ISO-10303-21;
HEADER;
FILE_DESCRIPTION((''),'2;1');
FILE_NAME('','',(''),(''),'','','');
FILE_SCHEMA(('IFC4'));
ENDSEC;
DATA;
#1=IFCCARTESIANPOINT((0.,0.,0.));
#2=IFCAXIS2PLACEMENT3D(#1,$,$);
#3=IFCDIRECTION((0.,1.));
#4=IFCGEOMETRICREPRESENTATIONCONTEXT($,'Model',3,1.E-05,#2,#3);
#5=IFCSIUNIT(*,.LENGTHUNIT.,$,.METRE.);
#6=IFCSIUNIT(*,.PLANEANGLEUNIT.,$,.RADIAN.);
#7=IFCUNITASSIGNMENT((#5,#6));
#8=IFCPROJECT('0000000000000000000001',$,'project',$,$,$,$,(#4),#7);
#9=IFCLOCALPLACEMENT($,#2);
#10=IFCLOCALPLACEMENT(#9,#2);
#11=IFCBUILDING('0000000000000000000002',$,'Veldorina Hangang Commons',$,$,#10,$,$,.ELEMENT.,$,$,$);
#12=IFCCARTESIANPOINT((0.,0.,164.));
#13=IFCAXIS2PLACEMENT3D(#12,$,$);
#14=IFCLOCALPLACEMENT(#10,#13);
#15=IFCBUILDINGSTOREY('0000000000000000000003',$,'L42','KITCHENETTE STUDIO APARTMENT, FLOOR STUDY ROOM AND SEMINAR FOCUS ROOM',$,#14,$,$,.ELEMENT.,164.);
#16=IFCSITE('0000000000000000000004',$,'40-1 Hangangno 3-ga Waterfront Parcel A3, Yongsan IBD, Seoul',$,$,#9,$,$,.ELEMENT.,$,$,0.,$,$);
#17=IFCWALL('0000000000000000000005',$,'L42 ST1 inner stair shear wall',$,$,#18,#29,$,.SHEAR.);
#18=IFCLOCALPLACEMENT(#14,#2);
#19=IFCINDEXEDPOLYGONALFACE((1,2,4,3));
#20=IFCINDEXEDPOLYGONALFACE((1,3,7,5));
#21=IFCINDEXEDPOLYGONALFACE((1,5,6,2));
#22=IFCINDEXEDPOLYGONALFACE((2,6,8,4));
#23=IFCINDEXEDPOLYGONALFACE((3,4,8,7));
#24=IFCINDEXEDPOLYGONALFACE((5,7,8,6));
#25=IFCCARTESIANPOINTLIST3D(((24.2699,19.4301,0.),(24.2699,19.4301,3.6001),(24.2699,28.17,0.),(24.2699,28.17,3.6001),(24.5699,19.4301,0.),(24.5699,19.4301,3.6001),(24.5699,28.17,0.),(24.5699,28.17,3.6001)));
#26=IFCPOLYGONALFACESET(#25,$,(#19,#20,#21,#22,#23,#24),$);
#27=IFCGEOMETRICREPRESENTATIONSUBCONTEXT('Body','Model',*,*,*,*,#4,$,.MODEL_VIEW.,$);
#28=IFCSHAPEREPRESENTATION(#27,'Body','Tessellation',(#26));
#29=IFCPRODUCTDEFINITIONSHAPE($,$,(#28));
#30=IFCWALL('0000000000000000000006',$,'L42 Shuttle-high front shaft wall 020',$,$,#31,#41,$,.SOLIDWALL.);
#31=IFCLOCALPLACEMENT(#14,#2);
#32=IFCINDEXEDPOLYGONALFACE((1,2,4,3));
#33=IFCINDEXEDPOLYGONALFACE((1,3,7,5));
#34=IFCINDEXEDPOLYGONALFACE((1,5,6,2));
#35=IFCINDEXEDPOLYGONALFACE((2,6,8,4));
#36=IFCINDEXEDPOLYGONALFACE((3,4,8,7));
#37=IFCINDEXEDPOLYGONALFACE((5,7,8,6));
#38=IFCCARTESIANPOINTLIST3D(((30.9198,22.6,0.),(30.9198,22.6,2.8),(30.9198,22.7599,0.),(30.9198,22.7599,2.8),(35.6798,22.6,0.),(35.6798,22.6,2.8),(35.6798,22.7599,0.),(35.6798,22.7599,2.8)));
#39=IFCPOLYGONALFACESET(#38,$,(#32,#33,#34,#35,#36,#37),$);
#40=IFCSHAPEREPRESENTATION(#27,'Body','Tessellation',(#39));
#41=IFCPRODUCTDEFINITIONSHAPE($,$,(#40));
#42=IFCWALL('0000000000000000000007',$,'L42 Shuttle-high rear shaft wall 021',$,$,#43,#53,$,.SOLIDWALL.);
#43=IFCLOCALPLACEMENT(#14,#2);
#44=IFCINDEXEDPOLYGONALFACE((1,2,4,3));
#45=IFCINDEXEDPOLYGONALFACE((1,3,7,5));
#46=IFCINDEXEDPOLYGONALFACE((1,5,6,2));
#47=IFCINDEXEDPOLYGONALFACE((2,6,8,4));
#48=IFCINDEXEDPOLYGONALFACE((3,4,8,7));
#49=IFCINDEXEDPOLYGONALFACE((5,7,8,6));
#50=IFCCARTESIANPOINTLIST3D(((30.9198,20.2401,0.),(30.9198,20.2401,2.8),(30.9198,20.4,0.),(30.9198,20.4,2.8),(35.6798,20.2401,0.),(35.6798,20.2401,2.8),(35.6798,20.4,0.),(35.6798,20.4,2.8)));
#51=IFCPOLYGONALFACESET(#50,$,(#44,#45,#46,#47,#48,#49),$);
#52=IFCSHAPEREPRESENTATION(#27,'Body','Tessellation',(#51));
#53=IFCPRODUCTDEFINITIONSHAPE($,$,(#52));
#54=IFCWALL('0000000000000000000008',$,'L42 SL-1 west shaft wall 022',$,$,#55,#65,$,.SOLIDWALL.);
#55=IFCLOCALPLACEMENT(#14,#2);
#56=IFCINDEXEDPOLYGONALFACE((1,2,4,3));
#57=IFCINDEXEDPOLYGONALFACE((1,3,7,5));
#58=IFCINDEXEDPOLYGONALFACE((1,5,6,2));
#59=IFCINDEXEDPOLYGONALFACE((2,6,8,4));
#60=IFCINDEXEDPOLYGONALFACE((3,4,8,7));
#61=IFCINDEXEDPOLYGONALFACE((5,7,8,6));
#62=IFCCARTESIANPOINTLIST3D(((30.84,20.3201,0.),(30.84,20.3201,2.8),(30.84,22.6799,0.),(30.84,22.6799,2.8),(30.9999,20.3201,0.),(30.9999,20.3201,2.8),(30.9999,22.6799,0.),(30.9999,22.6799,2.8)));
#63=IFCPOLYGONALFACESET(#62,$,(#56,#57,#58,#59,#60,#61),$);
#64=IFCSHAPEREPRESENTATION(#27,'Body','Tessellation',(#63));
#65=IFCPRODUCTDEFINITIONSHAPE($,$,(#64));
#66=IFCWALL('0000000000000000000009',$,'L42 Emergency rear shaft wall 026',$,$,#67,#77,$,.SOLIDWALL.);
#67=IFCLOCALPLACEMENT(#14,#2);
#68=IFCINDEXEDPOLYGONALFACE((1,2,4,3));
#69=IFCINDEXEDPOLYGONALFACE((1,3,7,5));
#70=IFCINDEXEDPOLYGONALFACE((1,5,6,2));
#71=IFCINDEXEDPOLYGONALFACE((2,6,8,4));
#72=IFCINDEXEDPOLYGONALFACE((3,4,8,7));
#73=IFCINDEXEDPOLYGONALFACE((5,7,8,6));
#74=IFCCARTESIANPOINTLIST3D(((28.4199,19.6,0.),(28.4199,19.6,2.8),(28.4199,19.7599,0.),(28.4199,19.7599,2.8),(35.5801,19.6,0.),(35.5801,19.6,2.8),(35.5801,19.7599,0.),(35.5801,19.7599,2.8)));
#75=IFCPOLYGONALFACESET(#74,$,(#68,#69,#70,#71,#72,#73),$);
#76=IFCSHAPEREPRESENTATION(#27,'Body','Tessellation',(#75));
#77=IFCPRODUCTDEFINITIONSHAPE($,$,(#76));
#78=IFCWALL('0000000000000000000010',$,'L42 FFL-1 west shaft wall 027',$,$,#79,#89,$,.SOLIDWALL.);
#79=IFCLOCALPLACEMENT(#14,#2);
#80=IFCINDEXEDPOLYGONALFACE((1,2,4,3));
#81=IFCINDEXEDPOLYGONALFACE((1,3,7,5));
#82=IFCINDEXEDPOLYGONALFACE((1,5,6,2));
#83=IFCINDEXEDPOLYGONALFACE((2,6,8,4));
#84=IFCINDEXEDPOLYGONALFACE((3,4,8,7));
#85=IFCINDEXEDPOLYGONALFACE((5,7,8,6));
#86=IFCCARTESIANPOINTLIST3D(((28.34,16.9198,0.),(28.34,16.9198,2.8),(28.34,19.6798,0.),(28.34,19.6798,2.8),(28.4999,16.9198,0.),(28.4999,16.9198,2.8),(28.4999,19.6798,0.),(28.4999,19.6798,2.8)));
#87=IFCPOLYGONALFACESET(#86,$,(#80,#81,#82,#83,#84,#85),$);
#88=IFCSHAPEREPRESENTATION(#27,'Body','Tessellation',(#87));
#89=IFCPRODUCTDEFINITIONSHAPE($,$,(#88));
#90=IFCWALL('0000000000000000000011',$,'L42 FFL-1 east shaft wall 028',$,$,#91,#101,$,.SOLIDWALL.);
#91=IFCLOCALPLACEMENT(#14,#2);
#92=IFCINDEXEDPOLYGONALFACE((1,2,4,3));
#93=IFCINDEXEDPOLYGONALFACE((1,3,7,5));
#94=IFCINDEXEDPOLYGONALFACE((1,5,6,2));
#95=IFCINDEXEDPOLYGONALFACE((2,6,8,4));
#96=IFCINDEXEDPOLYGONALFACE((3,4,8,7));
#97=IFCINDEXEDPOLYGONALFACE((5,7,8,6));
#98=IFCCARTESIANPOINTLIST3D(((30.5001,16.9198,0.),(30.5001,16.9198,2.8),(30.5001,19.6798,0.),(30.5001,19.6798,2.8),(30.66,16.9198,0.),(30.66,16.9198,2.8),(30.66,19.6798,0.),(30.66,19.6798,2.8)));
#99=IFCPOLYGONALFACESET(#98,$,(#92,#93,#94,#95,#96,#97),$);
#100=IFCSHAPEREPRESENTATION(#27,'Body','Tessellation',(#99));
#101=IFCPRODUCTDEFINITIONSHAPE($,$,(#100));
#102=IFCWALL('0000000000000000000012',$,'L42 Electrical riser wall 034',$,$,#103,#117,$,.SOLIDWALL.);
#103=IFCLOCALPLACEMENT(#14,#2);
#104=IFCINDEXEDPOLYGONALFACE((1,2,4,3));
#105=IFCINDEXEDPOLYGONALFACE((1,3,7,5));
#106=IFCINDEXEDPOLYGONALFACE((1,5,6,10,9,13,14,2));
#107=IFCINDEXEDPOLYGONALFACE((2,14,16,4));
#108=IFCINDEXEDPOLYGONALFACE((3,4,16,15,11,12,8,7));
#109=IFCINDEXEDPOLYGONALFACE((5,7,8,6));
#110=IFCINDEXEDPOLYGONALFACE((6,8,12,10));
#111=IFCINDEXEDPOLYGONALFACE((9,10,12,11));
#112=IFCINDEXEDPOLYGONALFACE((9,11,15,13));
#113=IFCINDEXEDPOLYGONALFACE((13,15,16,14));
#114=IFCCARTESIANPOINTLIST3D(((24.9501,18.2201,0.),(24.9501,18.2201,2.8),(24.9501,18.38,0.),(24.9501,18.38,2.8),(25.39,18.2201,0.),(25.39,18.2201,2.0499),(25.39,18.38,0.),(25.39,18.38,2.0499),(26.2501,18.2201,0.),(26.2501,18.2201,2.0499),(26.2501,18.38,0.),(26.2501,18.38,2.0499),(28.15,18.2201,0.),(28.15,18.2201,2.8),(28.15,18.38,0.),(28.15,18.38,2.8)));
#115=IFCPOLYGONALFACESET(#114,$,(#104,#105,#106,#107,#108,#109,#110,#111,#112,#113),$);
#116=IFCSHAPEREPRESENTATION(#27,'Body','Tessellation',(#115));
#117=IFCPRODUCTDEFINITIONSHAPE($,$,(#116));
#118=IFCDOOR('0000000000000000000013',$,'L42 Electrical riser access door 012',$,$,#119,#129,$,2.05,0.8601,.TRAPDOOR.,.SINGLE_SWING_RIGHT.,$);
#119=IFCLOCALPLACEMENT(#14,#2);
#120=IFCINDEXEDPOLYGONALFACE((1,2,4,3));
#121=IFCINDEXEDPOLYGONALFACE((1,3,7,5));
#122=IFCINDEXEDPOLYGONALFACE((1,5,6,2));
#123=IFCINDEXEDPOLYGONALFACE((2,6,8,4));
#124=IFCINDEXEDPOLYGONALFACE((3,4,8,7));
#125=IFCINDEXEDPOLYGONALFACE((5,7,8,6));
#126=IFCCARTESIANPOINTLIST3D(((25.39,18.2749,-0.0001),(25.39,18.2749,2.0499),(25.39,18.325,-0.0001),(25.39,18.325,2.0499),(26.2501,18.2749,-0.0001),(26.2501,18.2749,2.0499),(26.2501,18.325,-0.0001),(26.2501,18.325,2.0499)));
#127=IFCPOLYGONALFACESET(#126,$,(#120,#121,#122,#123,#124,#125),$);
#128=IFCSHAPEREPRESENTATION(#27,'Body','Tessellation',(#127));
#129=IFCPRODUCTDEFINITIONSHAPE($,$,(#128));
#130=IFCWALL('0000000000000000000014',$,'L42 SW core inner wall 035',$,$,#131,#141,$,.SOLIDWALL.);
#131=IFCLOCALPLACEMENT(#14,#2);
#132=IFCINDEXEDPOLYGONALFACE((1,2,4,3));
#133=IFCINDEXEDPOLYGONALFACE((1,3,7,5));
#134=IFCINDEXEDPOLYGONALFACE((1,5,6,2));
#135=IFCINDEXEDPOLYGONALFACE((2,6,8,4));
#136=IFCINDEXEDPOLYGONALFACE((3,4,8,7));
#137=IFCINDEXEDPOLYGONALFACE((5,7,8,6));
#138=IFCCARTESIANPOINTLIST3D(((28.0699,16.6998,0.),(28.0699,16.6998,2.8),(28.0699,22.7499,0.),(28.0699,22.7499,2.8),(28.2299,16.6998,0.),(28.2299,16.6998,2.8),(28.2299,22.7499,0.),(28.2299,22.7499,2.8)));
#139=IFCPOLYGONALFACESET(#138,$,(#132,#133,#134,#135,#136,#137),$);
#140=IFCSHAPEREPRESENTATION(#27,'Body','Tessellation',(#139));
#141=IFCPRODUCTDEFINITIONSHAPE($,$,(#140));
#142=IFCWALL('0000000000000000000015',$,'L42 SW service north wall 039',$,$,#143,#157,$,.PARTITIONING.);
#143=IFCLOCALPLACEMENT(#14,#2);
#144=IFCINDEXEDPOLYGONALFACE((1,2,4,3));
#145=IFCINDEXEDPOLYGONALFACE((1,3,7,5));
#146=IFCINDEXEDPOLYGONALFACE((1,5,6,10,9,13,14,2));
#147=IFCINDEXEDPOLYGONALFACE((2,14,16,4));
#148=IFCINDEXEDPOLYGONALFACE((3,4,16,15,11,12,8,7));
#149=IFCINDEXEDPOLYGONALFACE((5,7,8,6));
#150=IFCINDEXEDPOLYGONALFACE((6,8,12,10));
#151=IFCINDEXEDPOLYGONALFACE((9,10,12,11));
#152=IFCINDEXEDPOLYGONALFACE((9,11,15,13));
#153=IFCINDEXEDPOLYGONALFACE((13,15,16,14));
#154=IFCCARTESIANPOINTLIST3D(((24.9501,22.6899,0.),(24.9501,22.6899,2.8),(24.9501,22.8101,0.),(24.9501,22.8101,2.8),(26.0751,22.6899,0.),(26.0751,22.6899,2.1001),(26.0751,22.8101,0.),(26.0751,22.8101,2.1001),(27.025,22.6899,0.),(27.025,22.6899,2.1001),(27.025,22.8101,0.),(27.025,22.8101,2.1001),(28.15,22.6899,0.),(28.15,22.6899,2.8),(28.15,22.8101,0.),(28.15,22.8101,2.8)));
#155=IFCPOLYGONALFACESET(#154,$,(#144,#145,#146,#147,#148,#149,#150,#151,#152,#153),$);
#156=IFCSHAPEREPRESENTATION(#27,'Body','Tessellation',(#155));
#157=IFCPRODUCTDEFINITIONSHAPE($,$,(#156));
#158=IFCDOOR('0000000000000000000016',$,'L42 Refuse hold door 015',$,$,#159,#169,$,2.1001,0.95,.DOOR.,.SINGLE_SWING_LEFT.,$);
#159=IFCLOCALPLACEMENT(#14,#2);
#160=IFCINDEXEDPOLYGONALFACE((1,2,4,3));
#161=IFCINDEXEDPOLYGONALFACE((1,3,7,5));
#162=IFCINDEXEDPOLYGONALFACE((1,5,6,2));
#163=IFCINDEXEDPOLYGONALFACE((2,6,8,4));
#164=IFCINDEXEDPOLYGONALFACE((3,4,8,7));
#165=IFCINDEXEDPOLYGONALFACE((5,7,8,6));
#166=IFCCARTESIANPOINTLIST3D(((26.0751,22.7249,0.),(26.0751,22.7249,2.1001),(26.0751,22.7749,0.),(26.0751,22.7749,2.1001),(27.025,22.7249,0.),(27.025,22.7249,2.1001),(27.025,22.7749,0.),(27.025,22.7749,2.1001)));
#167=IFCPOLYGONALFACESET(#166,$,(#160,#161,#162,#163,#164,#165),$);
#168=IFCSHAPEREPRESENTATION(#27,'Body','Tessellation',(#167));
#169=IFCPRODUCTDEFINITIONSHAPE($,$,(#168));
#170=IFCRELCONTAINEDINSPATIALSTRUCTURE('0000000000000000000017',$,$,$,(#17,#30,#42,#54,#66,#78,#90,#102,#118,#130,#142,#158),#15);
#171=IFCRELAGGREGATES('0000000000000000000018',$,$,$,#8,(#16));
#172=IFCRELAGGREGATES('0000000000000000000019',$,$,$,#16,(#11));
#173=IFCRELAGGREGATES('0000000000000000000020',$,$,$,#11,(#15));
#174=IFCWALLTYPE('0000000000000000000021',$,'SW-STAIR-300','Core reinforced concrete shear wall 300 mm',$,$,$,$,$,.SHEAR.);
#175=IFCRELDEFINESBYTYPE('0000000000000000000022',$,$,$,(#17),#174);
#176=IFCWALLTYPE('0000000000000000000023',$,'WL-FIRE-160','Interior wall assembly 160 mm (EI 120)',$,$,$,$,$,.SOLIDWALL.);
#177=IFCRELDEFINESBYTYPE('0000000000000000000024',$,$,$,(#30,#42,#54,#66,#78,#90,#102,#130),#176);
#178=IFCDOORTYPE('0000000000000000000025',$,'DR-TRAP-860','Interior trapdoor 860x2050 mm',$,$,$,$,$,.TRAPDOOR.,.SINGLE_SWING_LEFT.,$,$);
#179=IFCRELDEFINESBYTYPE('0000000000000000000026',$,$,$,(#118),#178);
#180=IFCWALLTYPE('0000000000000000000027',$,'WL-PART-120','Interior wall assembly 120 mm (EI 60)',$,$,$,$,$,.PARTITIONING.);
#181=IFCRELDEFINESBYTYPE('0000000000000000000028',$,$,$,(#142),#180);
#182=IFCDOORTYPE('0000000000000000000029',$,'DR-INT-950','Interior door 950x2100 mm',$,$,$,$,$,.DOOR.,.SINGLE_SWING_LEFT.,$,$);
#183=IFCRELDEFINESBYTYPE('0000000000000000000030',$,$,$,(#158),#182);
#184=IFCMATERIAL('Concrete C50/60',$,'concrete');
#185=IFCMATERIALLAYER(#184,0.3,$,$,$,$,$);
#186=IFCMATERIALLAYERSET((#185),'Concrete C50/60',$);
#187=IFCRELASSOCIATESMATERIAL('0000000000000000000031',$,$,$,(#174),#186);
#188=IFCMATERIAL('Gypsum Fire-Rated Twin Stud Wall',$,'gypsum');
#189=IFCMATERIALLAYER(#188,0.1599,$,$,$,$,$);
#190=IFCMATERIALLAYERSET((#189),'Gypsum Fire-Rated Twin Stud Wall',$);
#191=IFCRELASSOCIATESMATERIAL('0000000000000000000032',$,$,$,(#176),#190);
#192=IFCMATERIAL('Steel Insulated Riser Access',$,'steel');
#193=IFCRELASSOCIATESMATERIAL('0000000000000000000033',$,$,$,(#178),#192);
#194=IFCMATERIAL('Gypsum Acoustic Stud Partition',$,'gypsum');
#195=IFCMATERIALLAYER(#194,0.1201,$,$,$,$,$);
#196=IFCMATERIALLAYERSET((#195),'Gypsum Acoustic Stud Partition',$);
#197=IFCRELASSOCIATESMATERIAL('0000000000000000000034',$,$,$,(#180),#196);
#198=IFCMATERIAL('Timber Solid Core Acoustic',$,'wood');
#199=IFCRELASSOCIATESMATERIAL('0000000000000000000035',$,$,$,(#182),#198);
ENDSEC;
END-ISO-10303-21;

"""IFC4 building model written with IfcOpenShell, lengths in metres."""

from ifc_helpers import new_model, si_unit, direction, frame, frame_2d, origin, place, context, subcontext, project, spatial, rectangle, extrude, material, layer, layer_set, type_object, element, fill, save


model = new_model("IFC4")

# Units and contexts
model_context = context("Model", 3, precision=1e-05, world=origin(), true_north=direction((0.0, 1.0)))
body_context = subcontext(model_context, "Body", "Model", "MODEL_VIEW")
ifc_project = project(units=[si_unit("LENGTHUNIT", "METRE"), si_unit("PLANEANGLEUNIT", "RADIAN")], contexts=[model_context])

# Site, building, storey
site_placement = place(None, origin())
site = spatial("IfcSite", under=ifc_project, at=site_placement, Name="40-1 Hangangno 3-ga Waterfront Parcel A3, Yongsan IBD, Seoul", CompositionType="ELEMENT", RefElevation=0.0)
building_placement = place(site_placement, origin())
building = spatial("IfcBuilding", under=site, at=building_placement, Name="Veldorina Hangang Commons", CompositionType="ELEMENT")
storey_placement = place(building_placement, frame((0.0, 0.0, 164.0)))
storey = spatial("IfcBuildingStorey", under=building, at=storey_placement, Name="L42", Description="KITCHENETTE STUDIO APARTMENT, FLOOR STUDY ROOM AND SEMINAR FOCUS ROOM", CompositionType="ELEMENT", Elevation=164.0)

# Walls
ifc_material_1 = material(Name="Concrete C50/60", Category="concrete")
ifc_layer_1 = layer(ifc_material_1, 0.3)
ifc_layer_set_1 = layer_set([ifc_layer_1], Name="Concrete C50/60")
wall_type_1 = type_object("IfcWallType", Name="SW-STAIR-300", Description="Core reinforced concrete shear wall 300 mm", PredefinedType="SHEAR", material=ifc_layer_set_1)
wall_1_placement = place(storey_placement, frame((24.4199, 19.4299, 0.0), z_axis=(0.0, 0.0, 1.0), x_axis=(0.0, 1.0, 0.0)))
element("IfcWall", 1, at=wall_1_placement, inside=storey, type_object=wall_type_1, Name="L42 ST1 inner stair shear wall", PredefinedType="SHEAR", context=body_context, shape_type="SweptSolid", body=[
    extrude(rectangle(XDim=8.74, YDim=0.3, at=frame_2d((4.3701, 0.0))), origin(), (0.0, 0.0, 1.0), 3.6001),
])
ifc_material_2 = material(Name="Gypsum Fire-Rated Twin Stud Wall", Category="gypsum")
ifc_layer_2 = layer(ifc_material_2, 0.1599)
ifc_layer_set_2 = layer_set([ifc_layer_2], Name="Gypsum Fire-Rated Twin Stud Wall")
wall_type_2 = type_object("IfcWallType", Name="WL-FIRE-160", Description="Interior wall assembly 160 mm (EI 120)", PredefinedType="SOLIDWALL", material=ifc_layer_set_2)
for number, where, z_axis, x_axis, name in (
    (2, (30.9199, 22.6799, 0.0), (0.0, 0.0, 1.0), (1.0, 0.0, 0.0), "L42 Shuttle-high front shaft wall 020"),
    (3, (30.9199, 20.3201, 0.0), (0.0, 0.0, 1.0), (1.0, 0.0, 0.0), "L42 Shuttle-high rear shaft wall 021"),
):
    element("IfcWall", number, at=place(storey_placement, frame(where, z_axis=z_axis, x_axis=x_axis)), inside=storey, type_object=wall_type_2, Name=name, PredefinedType="SOLIDWALL", context=body_context, shape_type="SweptSolid", body=[
        extrude(rectangle(XDim=4.76, YDim=0.1599, at=frame_2d((2.3799, 0.0))), origin(), (0.0, 0.0, 1.0), 2.8),
    ])
wall_2_placement = place(storey_placement, frame((30.9199, 20.3201, 0.0), z_axis=(0.0, 0.0, 1.0), x_axis=(0.0, 1.0, 0.0)))
element("IfcWall", 4, at=wall_2_placement, inside=storey, type_object=wall_type_2, Name="L42 SL-1 west shaft wall 022", PredefinedType="SOLIDWALL", context=body_context, shape_type="SweptSolid", body=[
    extrude(rectangle(XDim=2.3599, YDim=0.1599, at=frame_2d((1.1799, 0.0))), origin(), (0.0, 0.0, 1.0), 2.8),
])

# Walls
wall_3_placement = place(storey_placement, frame((28.4199, 19.6799, 0.0), z_axis=(0.0, 0.0, 1.0), x_axis=(1.0, 0.0, 0.0)))
element("IfcWall", 5, at=wall_3_placement, inside=storey, type_object=wall_type_2, Name="L42 Emergency rear shaft wall 026", PredefinedType="SOLIDWALL", context=body_context, shape_type="SweptSolid", body=[
    extrude(rectangle(XDim=7.1602, YDim=0.1599, at=frame_2d((3.5801, 0.0))), origin(), (0.0, 0.0, 1.0), 2.8),
])
for number, where, z_axis, x_axis, name in (
    (6, (28.4199, 16.9199, 0.0), (0.0, 0.0, 1.0), (0.0, 1.0, 0.0), "L42 FFL-1 west shaft wall 027"),
    (7, (30.5801, 16.9199, 0.0), (0.0, 0.0, 1.0), (0.0, 1.0, 0.0), "L42 FFL-1 east shaft wall 028"),
):
    element("IfcWall", number, at=place(storey_placement, frame(where, z_axis=z_axis, x_axis=x_axis)), inside=storey, type_object=wall_type_2, Name=name, PredefinedType="SOLIDWALL", context=body_context, shape_type="SweptSolid", body=[
        extrude(rectangle(XDim=2.76, YDim=0.1599, at=frame_2d((1.3799, 0.0))), origin(), (0.0, 0.0, 1.0), 2.8),
    ])

# Wall, opening, door
wall_4_placement = place(storey_placement, frame((24.95, 18.3, 0.0), z_axis=(0.0, 0.0, 1.0), x_axis=(1.0, 0.0, 0.0)))
wall_4 = element("IfcWall", 8, at=wall_4_placement, inside=storey, type_object=wall_type_2, Name="L42 Electrical riser wall 034", PredefinedType="SOLIDWALL", context=body_context, shape_type="SweptSolid", body=[
    extrude(rectangle(XDim=3.2, YDim=0.1599, at=frame_2d((1.6001, 0.0))), origin(), (0.0, 0.0, 1.0), 2.8),
])
opening_1_placement = place(wall_4_placement, frame((0.4399, 0.0, 0.0)))
opening_1 = element("IfcOpeningElement", 9, at=opening_1_placement, cuts=wall_4, PredefinedType="OPENING", context=body_context, shape_type="SweptSolid", body=[
    extrude(rectangle(XDim=0.8601, YDim=2.05, at=frame_2d((0.4302, 1.0249))), frame((0.0, 0.0898, 0.0), z_axis=(0.0, -1.0, 0.0), x_axis=(1.0, 0.0, 0.0)), (0.0, 0.0, 1.0), 0.1799),
])
ifc_material_3 = material(Name="Steel Insulated Riser Access", Category="steel")
door_type_1 = type_object("IfcDoorType", Name="DR-TRAP-860", Description="Interior trapdoor 860x2050 mm", OperationType="SINGLE_SWING_LEFT", PredefinedType="TRAPDOOR", material=ifc_material_3)
door_1_placement = place(opening_1_placement, origin())
door_1 = element("IfcDoor", 10, at=door_1_placement, inside=storey, type_object=door_type_1, Name="L42 Electrical riser access door 012", OperationType="SINGLE_SWING_RIGHT", OverallHeight=2.05, OverallWidth=0.8601, PredefinedType="TRAPDOOR", context=body_context, shape_type="SweptSolid", body=[
    extrude(rectangle(XDim=0.8601, YDim=2.05, at=frame_2d((0.4302, 1.0249))), frame((0.0, 0.0249, 0.0), z_axis=(0.0, -1.0, 0.0), x_axis=(1.0, 0.0, 0.0)), (0.0, 0.0, 1.0), 0.05),
])
fill(opening_1, door_1)

# Wall
wall_5_placement = place(storey_placement, frame((28.1499, 16.7, 0.0), z_axis=(0.0, 0.0, 1.0), x_axis=(0.0, 1.0, 0.0)))
element("IfcWall", 11, at=wall_5_placement, inside=storey, type_object=wall_type_2, Name="L42 SW core inner wall 035", PredefinedType="SOLIDWALL", context=body_context, shape_type="SweptSolid", body=[
    extrude(rectangle(XDim=6.05, YDim=0.1599, at=frame_2d((3.0249, 0.0))), origin(), (0.0, 0.0, 1.0), 2.8),
])

# Wall, opening, door
ifc_material_4 = material(Name="Gypsum Acoustic Stud Partition", Category="gypsum")
ifc_layer_3 = layer(ifc_material_4, 0.1201)
ifc_layer_set_3 = layer_set([ifc_layer_3], Name="Gypsum Acoustic Stud Partition")
wall_type_3 = type_object("IfcWallType", Name="WL-PART-120", Description="Interior wall assembly 120 mm (EI 60)", PredefinedType="PARTITIONING", material=ifc_layer_set_3)
wall_6_placement = place(storey_placement, frame((24.95, 22.75, 0.0), z_axis=(0.0, 0.0, 1.0), x_axis=(1.0, 0.0, 0.0)))
wall_6 = element("IfcWall", 12, at=wall_6_placement, inside=storey, type_object=wall_type_3, Name="L42 SW service north wall 039", PredefinedType="PARTITIONING", context=body_context, shape_type="SweptSolid", body=[
    extrude(rectangle(XDim=3.2, YDim=0.1201, at=frame_2d((1.6001, 0.0))), origin(), (0.0, 0.0, 1.0), 2.8),
])
opening_2_placement = place(wall_6_placement, frame((1.125, 0.0, 0.0)))
opening_2 = element("IfcOpeningElement", 13, at=opening_2_placement, cuts=wall_6, PredefinedType="OPENING", context=body_context, shape_type="SweptSolid", body=[
    extrude(rectangle(XDim=0.95, YDim=2.1001, at=frame_2d((0.4751, 1.05))), frame((0.0, 0.0701, 0.0), z_axis=(0.0, -1.0, 0.0), x_axis=(1.0, 0.0, 0.0)), (0.0, 0.0, 1.0), 0.1401),
])
ifc_material_5 = material(Name="Timber Solid Core Acoustic", Category="wood")
door_type_2 = type_object("IfcDoorType", Name="DR-INT-950", Description="Interior door 950x2100 mm", OperationType="SINGLE_SWING_LEFT", PredefinedType="DOOR", material=ifc_material_5)
door_2_placement = place(opening_2_placement, origin())
door_2 = element("IfcDoor", 14, at=door_2_placement, inside=storey, type_object=door_type_2, Name="L42 Refuse hold door 015", OperationType="SINGLE_SWING_LEFT", OverallHeight=2.1001, OverallWidth=0.95, PredefinedType="DOOR", context=body_context, shape_type="SweptSolid", body=[
    extrude(rectangle(XDim=0.95, YDim=2.1001, at=frame_2d((0.4751, 1.05))), frame((0.0, 0.0249, 0.0), z_axis=(0.0, -1.0, 0.0), x_axis=(1.0, 0.0, 0.0)), (0.0, 0.0, 1.0), 0.05),
])
fill(opening_2, door_2)

save(model, "model.ifc")
